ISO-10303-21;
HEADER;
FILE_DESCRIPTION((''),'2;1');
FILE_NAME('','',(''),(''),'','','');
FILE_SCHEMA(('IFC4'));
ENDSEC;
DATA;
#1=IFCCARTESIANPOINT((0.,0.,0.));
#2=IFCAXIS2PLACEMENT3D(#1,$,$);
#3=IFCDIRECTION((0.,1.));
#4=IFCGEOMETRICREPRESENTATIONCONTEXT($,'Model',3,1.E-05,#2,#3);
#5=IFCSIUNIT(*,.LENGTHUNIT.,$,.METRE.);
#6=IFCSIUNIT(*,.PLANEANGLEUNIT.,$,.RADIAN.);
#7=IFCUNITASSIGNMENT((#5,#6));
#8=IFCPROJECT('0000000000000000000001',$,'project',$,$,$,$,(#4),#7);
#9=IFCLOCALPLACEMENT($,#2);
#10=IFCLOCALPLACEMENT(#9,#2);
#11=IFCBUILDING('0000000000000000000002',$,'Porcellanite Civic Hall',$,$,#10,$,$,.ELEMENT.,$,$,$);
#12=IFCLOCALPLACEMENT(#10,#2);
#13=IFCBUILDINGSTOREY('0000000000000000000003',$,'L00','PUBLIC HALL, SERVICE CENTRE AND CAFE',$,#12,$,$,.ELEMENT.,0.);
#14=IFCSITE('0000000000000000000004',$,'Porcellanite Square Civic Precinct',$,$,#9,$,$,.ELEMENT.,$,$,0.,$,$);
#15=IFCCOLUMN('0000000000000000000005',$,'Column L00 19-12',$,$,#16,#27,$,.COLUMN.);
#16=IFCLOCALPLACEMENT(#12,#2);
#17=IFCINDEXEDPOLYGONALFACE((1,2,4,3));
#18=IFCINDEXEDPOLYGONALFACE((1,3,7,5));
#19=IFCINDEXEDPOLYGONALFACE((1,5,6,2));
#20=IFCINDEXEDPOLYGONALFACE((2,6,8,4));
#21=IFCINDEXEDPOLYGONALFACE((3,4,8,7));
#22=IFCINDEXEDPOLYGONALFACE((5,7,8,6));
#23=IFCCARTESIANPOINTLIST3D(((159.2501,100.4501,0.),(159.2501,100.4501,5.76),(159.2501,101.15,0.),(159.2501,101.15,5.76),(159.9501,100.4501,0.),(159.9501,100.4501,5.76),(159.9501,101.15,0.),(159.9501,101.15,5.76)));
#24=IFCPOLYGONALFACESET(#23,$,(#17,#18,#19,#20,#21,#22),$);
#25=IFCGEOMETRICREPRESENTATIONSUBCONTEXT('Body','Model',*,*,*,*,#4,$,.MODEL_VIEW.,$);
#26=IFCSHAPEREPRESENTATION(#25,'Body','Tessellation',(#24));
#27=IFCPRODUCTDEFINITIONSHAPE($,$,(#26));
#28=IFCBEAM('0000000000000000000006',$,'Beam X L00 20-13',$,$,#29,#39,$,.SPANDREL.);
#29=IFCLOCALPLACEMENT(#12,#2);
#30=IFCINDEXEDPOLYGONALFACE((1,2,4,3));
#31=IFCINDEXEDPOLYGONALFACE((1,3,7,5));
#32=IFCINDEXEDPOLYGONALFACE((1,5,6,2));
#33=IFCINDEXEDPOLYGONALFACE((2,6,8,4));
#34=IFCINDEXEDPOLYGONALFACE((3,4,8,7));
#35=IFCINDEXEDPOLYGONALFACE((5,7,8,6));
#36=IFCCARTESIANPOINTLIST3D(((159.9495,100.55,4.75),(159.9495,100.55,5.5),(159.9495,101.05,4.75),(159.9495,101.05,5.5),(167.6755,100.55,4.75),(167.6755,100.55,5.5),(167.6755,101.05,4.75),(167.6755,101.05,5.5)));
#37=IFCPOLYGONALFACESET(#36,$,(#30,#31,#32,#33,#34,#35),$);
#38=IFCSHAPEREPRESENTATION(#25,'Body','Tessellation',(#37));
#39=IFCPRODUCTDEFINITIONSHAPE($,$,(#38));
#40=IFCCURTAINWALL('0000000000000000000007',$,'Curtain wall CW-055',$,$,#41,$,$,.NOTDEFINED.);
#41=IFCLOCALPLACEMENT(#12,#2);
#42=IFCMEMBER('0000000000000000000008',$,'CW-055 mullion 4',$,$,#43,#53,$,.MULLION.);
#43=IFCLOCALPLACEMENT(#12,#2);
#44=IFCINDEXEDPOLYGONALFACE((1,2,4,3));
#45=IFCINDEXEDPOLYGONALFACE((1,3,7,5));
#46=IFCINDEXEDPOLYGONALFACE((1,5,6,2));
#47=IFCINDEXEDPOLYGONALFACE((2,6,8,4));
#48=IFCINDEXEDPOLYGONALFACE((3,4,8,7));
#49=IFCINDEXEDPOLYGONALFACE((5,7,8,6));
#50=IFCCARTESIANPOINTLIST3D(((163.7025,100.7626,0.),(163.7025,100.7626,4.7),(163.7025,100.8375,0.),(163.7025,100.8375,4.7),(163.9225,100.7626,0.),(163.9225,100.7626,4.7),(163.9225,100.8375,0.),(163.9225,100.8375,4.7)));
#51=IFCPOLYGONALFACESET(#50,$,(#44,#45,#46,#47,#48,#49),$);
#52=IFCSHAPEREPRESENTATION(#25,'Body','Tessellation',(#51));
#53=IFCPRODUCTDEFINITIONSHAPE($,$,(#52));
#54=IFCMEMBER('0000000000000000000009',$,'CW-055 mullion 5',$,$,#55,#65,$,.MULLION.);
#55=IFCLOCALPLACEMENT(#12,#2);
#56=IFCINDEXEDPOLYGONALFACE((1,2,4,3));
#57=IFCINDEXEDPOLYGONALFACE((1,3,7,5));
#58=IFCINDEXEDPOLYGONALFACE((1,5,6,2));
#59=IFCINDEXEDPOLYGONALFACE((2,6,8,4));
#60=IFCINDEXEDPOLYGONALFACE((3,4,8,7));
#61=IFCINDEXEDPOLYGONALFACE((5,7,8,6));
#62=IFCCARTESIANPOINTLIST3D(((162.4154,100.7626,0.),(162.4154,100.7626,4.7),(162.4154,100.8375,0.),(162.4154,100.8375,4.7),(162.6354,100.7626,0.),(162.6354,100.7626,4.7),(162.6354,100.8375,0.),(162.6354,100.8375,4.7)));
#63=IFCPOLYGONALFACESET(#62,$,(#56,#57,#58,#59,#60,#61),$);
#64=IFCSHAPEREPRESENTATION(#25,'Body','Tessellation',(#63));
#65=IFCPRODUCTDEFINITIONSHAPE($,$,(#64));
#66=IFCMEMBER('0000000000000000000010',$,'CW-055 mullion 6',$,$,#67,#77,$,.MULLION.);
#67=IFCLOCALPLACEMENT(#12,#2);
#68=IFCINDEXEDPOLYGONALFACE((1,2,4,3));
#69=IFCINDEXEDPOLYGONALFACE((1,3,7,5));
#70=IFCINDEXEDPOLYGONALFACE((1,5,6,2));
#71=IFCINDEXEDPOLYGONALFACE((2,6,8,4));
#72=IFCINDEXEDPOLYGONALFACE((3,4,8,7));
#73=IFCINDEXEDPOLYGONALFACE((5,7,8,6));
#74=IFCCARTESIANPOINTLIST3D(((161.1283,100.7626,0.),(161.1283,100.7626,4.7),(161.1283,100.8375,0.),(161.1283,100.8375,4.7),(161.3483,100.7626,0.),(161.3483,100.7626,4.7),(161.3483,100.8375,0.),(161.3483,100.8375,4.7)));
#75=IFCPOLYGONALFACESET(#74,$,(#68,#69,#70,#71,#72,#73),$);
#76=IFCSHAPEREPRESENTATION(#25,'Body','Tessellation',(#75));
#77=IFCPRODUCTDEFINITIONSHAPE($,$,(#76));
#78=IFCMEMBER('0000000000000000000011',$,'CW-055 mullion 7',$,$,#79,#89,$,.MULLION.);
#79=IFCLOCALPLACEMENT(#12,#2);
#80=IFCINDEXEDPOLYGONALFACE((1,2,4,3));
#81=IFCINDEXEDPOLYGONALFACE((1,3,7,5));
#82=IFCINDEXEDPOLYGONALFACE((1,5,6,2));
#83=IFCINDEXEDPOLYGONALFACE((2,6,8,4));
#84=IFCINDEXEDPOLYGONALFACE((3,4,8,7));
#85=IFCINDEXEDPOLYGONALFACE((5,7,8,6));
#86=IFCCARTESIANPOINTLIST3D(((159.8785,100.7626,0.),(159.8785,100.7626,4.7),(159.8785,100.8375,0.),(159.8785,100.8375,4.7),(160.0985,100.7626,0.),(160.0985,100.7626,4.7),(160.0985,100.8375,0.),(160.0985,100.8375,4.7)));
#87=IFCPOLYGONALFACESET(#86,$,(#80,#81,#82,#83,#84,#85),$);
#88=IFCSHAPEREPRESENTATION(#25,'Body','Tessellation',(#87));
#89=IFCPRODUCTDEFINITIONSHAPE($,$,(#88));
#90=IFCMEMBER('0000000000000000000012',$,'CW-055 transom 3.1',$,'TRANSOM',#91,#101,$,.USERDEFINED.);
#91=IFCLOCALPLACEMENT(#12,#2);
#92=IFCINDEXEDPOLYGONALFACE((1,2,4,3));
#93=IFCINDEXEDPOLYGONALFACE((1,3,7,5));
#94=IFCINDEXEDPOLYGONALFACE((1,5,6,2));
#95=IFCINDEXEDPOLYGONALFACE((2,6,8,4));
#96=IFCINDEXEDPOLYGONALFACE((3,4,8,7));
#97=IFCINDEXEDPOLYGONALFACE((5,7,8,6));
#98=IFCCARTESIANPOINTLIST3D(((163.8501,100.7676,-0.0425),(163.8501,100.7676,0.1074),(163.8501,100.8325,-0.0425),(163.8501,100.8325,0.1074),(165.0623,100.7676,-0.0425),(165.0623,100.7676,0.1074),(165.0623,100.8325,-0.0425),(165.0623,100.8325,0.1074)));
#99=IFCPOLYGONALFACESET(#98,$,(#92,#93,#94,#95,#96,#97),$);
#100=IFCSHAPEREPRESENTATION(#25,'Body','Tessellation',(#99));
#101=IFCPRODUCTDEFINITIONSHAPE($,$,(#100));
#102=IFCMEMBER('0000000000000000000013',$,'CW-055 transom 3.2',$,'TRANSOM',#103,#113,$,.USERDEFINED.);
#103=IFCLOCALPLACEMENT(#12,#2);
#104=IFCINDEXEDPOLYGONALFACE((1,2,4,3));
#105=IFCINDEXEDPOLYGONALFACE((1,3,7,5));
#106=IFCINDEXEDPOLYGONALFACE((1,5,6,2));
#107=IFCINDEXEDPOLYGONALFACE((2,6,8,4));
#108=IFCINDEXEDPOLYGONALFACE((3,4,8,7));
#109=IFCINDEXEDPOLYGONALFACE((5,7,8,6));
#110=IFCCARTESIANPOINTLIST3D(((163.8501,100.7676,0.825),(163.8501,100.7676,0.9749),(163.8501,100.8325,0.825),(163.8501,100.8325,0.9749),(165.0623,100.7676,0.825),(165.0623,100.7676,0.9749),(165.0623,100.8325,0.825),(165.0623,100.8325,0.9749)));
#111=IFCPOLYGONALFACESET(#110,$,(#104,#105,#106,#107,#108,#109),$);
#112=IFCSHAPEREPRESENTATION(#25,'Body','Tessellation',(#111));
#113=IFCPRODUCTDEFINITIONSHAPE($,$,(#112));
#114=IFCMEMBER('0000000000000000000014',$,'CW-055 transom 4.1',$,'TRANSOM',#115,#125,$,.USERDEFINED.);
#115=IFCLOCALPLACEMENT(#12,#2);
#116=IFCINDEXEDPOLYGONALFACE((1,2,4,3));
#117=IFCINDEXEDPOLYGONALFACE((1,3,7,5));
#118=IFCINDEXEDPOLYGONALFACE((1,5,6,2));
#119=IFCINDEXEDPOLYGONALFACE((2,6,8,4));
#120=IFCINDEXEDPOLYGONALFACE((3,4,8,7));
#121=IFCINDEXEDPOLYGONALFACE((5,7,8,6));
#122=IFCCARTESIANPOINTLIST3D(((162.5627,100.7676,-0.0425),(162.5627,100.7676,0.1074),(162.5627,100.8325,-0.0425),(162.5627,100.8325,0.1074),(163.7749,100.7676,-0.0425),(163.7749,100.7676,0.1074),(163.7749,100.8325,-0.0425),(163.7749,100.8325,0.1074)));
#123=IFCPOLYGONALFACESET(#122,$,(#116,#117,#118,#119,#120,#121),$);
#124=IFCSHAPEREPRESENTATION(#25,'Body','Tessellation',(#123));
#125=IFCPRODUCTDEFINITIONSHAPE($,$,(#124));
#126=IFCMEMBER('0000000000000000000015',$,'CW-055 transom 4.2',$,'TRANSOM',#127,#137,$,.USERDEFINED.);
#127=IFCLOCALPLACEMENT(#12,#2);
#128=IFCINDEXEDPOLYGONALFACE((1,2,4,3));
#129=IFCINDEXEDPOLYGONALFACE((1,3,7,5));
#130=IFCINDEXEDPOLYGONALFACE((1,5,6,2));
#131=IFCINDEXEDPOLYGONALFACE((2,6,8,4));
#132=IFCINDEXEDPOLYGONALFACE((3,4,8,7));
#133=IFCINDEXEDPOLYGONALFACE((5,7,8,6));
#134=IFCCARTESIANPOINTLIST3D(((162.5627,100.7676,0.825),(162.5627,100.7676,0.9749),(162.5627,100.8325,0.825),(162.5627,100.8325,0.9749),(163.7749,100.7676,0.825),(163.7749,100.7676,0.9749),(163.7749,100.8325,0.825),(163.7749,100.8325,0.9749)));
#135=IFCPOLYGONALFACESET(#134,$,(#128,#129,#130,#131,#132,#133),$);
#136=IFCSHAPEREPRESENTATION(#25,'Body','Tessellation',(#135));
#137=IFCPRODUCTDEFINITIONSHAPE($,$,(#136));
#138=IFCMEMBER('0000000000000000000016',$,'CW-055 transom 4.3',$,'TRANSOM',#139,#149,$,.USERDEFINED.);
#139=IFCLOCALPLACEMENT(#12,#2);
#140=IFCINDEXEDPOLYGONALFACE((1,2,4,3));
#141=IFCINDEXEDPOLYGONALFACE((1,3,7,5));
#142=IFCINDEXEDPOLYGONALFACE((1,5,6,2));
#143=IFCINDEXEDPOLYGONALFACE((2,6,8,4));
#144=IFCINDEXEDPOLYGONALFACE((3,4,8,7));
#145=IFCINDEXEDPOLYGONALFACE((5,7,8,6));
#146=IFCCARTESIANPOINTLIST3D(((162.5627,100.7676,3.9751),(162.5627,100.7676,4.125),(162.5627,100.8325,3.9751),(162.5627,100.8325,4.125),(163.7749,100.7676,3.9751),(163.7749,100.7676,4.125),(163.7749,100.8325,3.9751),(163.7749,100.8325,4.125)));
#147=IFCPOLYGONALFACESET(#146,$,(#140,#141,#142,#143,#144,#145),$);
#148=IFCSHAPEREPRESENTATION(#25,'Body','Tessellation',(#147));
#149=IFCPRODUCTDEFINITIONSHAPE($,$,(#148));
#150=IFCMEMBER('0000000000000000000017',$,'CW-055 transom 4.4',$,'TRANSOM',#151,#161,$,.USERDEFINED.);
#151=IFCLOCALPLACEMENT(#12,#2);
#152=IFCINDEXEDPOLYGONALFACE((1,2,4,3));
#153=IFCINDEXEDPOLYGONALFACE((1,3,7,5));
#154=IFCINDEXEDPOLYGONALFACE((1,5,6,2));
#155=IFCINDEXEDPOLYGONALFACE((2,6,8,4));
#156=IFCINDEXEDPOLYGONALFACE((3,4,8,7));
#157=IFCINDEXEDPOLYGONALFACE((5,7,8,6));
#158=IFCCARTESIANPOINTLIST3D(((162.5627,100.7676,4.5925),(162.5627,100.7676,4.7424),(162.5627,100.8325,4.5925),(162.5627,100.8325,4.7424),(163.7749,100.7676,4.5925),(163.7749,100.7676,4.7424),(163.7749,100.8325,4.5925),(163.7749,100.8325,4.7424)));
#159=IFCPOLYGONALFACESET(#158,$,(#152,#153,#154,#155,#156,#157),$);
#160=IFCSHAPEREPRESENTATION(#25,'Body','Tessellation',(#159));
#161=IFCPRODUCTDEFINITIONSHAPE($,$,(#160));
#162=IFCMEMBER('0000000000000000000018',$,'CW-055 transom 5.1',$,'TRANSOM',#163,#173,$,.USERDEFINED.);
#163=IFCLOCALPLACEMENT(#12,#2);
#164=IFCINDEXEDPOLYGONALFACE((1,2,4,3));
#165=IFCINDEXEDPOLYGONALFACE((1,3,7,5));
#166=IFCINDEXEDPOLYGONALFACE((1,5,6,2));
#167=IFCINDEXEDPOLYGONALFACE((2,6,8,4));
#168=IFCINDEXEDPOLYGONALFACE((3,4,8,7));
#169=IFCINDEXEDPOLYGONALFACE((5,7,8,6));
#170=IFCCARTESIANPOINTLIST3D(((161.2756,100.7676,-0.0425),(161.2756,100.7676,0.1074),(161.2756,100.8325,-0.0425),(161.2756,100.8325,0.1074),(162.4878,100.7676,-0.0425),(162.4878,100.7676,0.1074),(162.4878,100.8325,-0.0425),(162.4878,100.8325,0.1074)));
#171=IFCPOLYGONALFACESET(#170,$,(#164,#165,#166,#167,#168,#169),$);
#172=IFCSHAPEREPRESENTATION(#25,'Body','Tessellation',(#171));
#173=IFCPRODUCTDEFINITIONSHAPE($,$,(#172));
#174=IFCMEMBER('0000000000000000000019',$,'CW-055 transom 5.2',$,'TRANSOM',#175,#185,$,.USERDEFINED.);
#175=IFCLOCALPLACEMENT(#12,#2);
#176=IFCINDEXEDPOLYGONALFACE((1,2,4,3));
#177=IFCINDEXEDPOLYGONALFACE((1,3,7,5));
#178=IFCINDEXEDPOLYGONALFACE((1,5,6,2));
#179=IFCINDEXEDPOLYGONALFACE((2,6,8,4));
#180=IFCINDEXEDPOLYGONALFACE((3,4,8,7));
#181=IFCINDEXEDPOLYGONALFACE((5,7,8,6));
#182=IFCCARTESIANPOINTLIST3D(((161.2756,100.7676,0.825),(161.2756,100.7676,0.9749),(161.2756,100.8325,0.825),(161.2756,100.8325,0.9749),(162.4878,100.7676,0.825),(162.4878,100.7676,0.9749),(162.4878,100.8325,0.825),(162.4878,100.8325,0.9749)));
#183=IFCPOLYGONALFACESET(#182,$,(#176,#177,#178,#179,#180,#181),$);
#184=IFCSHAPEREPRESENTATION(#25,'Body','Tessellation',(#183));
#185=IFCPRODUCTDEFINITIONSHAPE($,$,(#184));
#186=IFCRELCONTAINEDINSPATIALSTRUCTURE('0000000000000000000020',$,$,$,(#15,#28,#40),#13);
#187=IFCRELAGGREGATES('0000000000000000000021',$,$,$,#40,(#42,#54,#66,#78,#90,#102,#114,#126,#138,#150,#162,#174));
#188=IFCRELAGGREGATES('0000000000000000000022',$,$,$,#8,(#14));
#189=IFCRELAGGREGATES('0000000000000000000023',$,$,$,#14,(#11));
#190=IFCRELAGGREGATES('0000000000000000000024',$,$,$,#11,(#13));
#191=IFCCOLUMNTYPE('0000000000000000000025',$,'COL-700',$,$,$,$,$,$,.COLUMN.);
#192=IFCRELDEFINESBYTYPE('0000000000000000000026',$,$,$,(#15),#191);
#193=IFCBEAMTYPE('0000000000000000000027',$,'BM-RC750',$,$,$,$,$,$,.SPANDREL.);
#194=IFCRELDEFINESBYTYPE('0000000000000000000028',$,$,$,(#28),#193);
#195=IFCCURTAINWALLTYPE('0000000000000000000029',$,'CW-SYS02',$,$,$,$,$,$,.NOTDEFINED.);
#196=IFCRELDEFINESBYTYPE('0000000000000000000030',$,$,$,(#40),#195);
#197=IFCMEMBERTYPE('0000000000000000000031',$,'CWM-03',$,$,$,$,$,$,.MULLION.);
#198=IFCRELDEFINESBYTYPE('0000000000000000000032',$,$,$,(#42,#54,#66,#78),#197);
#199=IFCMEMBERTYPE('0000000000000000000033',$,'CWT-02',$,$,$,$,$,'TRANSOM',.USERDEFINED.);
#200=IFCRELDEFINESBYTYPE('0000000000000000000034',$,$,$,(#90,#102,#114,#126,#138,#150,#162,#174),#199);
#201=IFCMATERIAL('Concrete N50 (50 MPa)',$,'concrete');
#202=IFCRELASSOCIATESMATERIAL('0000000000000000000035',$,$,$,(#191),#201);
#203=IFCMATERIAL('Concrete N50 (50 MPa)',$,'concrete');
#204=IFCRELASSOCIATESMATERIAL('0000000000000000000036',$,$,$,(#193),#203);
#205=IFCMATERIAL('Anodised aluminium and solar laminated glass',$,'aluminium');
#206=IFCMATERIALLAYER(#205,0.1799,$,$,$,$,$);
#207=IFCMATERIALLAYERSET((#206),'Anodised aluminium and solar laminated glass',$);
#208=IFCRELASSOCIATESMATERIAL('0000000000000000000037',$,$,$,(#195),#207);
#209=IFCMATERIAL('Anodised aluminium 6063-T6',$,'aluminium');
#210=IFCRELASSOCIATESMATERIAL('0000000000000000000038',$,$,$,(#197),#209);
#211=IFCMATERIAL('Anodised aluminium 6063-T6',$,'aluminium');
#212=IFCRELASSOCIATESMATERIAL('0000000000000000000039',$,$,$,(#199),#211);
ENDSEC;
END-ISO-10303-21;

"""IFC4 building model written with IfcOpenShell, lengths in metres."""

from ifc_helpers import new_model, si_unit, direction, frame, origin, origin_2d, place, context, subcontext, project, spatial, rectangle, extrude, material, layer, layer_set, material_profile, profile_set, type_object, element, aggregate, save


model = new_model("IFC4")

# Units and contexts
model_context = context("Model", 3, precision=1e-05, world=origin(), true_north=direction((0.0, 1.0)))
body_context = subcontext(model_context, "Body", "Model", "MODEL_VIEW")
ifc_project = project(units=[si_unit("LENGTHUNIT", "METRE"), si_unit("PLANEANGLEUNIT", "RADIAN")], contexts=[model_context])

# Site, building, storey
site_placement = place(None, origin())
site = spatial("IfcSite", under=ifc_project, at=site_placement, Name="Porcellanite Square Civic Precinct", CompositionType="ELEMENT", RefElevation=0.0)
building_placement = place(site_placement, origin())
building = spatial("IfcBuilding", under=site, at=building_placement, Name="Porcellanite Civic Hall", CompositionType="ELEMENT")
storey_placement = place(building_placement, origin())
storey = spatial("IfcBuildingStorey", under=building, at=storey_placement, Name="L00", Description="PUBLIC HALL, SERVICE CENTRE AND CAFE", CompositionType="ELEMENT", Elevation=0.0)

# Column
ifc_material_1 = material(Name="Concrete N50 (50 MPa)", Category="concrete")
ifc_material_profile_1 = material_profile(ifc_material_1, rectangle(XDim=0.7, YDim=0.7, at=origin_2d()), Name="RC-700x700")
ifc_profile_set_1 = profile_set([ifc_material_profile_1], Name="Concrete N50 (50 MPa)")
column_type = type_object("IfcColumnType", Name="COL-700", PredefinedType="COLUMN", material=ifc_profile_set_1)
column_placement = place(storey_placement, frame((159.6001, 100.8, 0.0), z_axis=(0.0, 0.0, 1.0), x_axis=(1.0, 0.0, 0.0)))
element("IfcColumn", 1, at=column_placement, inside=storey, type_object=column_type, Name="Column L00 19-12", PredefinedType="COLUMN", context=body_context, shape_type="SweptSolid", body=[
    extrude(rectangle(XDim=0.7, YDim=0.7, at=origin_2d()), origin(), (0.0, 0.0, 1.0), 5.76),
])

# Beam
ifc_material_2 = material(Name="Concrete N50 (50 MPa)", Category="concrete")
ifc_material_profile_2 = material_profile(ifc_material_2, rectangle(XDim=0.5, YDim=0.75, at=origin_2d()), Name="RC-500x750")
ifc_profile_set_2 = profile_set([ifc_material_profile_2], Name="Concrete N50 (50 MPa)")
beam_type = type_object("IfcBeamType", Name="BM-RC750", PredefinedType="SPANDREL", material=ifc_profile_set_2)
beam_placement = place(storey_placement, frame((159.9495, 100.8, 5.125), z_axis=(1.0, 0.0, 0.0), x_axis=(0.0, 1.0, 0.0)))
element("IfcBeam", 2, at=beam_placement, inside=storey, type_object=beam_type, Name="Beam X L00 20-13", PredefinedType="SPANDREL", context=body_context, shape_type="SweptSolid", body=[
    extrude(rectangle(XDim=0.5, YDim=0.75, at=origin_2d()), origin(), (0.0, 0.0, 1.0), 7.7261),
])

# Curtain wall, members
ifc_material_3 = material(Name="Anodised aluminium and solar laminated glass", Category="aluminium")
ifc_layer_1 = layer(ifc_material_3, 0.1799)
ifc_layer_set_1 = layer_set([ifc_layer_1], Name="Anodised aluminium and solar laminated glass")
curtain_wall_type = type_object("IfcCurtainWallType", Name="CW-SYS02", PredefinedType="NOTDEFINED", material=ifc_layer_set_1)
curtain_wall_placement = place(storey_placement, origin())
curtain_wall = element("IfcCurtainWall", 3, at=curtain_wall_placement, inside=storey, type_object=curtain_wall_type, Name="Curtain wall CW-055", PredefinedType="NOTDEFINED")
ifc_material_4 = material(Name="Anodised aluminium 6063-T6", Category="aluminium")
ifc_material_profile_3 = material_profile(ifc_material_4, rectangle(XDim=0.075, YDim=0.22, at=origin_2d()), Name="AL-75x220")
ifc_profile_set_3 = profile_set([ifc_material_profile_3], Name="Anodised aluminium 6063-T6")
member_type_1 = type_object("IfcMemberType", Name="CWM-03", PredefinedType="MULLION", material=ifc_profile_set_3)
member_1_placement = place(storey_placement, frame((163.8125, 100.8, 0.0), z_axis=(0.0, 0.0, 1.0), x_axis=(0.0, -1.0, 0.0)))
member_1 = element("IfcMember", 4, at=member_1_placement, type_object=member_type_1, Name="CW-055 mullion 4", PredefinedType="MULLION", context=body_context, shape_type="SweptSolid", body=[
    extrude(rectangle(XDim=0.075, YDim=0.22, at=origin_2d()), origin(), (0.0, 0.0, 1.0), 4.7),
])
member_2_placement = place(storey_placement, frame((162.5254, 100.8, 0.0), z_axis=(0.0, 0.0, 1.0), x_axis=(0.0, -1.0, 0.0)))
member_2 = element("IfcMember", 5, at=member_2_placement, type_object=member_type_1, Name="CW-055 mullion 5", PredefinedType="MULLION", context=body_context, shape_type="SweptSolid", body=[
    extrude(rectangle(XDim=0.075, YDim=0.22, at=origin_2d()), origin(), (0.0, 0.0, 1.0), 4.7),
])
member_3_placement = place(storey_placement, frame((161.2383, 100.8, 0.0), z_axis=(0.0, 0.0, 1.0), x_axis=(0.0, -1.0, 0.0)))
member_3 = element("IfcMember", 6, at=member_3_placement, type_object=member_type_1, Name="CW-055 mullion 6", PredefinedType="MULLION", context=body_context, shape_type="SweptSolid", body=[
    extrude(rectangle(XDim=0.075, YDim=0.22, at=origin_2d()), origin(), (0.0, 0.0, 1.0), 4.7),
])
member_4_placement = place(storey_placement, frame((159.9885, 100.8, 0.0), z_axis=(0.0, 0.0, 1.0), x_axis=(0.0, -1.0, 0.0)))
member_4 = element("IfcMember", 7, at=member_4_placement, type_object=member_type_1, Name="CW-055 mullion 7", PredefinedType="MULLION", context=body_context, shape_type="SweptSolid", body=[
    extrude(rectangle(XDim=0.075, YDim=0.22, at=origin_2d()), origin(), (0.0, 0.0, 1.0), 4.7),
])
ifc_material_5 = material(Name="Anodised aluminium 6063-T6", Category="aluminium")
ifc_material_profile_4 = material_profile(ifc_material_5, rectangle(XDim=0.0649, YDim=0.1499, at=origin_2d()), Name="AL-65x150")
ifc_profile_set_4 = profile_set([ifc_material_profile_4], Name="Anodised aluminium 6063-T6")
member_type_2 = type_object("IfcMemberType", Name="CWT-02", ElementType="TRANSOM", PredefinedType="USERDEFINED", material=ifc_profile_set_4)
member_5_placement = place(storey_placement, frame((165.0623, 100.8, 0.0325), z_axis=(-1.0, 0.0, 0.0), x_axis=(0.0, -1.0, 0.0)))
member_5 = element("IfcMember", 8, at=member_5_placement, type_object=member_type_2, Name="CW-055 transom 3.1", ObjectType="TRANSOM", PredefinedType="USERDEFINED", context=body_context, shape_type="SweptSolid", body=[
    extrude(rectangle(XDim=0.0649, YDim=0.1499, at=origin_2d()), origin(), (0.0, 0.0, 1.0), 1.2122),
])
member_6_placement = place(storey_placement, frame((165.0623, 100.8, 0.8999), z_axis=(-1.0, 0.0, 0.0), x_axis=(0.0, -1.0, 0.0)))
member_6 = element("IfcMember", 9, at=member_6_placement, type_object=member_type_2, Name="CW-055 transom 3.2", ObjectType="TRANSOM", PredefinedType="USERDEFINED", context=body_context, shape_type="SweptSolid", body=[
    extrude(rectangle(XDim=0.0649, YDim=0.1499, at=origin_2d()), origin(), (0.0, 0.0, 1.0), 1.2122),
])
member_7_placement = place(storey_placement, frame((163.7749, 100.8, 0.0325), z_axis=(-1.0, 0.0, 0.0), x_axis=(0.0, -1.0, 0.0)))
member_7 = element("IfcMember", 10, at=member_7_placement, type_object=member_type_2, Name="CW-055 transom 4.1", ObjectType="TRANSOM", PredefinedType="USERDEFINED", context=body_context, shape_type="SweptSolid", body=[
    extrude(rectangle(XDim=0.0649, YDim=0.1499, at=origin_2d()), origin(), (0.0, 0.0, 1.0), 1.2122),
])
member_8_placement = place(storey_placement, frame((163.7749, 100.8, 0.8999), z_axis=(-1.0, 0.0, 0.0), x_axis=(0.0, -1.0, 0.0)))
member_8 = element("IfcMember", 11, at=member_8_placement, type_object=member_type_2, Name="CW-055 transom 4.2", ObjectType="TRANSOM", PredefinedType="USERDEFINED", context=body_context, shape_type="SweptSolid", body=[
    extrude(rectangle(XDim=0.0649, YDim=0.1499, at=origin_2d()), origin(), (0.0, 0.0, 1.0), 1.2122),
])
member_9_placement = place(storey_placement, frame((163.7749, 100.8, 4.05), z_axis=(-1.0, 0.0, 0.0), x_axis=(0.0, -1.0, 0.0)))
member_9 = element("IfcMember", 12, at=member_9_placement, type_object=member_type_2, Name="CW-055 transom 4.3", ObjectType="TRANSOM", PredefinedType="USERDEFINED", context=body_context, shape_type="SweptSolid", body=[
    extrude(rectangle(XDim=0.0649, YDim=0.1499, at=origin_2d()), origin(), (0.0, 0.0, 1.0), 1.2122),
])
member_10_placement = place(storey_placement, frame((163.7749, 100.8, 4.6675), z_axis=(-1.0, 0.0, 0.0), x_axis=(0.0, -1.0, 0.0)))
member_10 = element("IfcMember", 13, at=member_10_placement, type_object=member_type_2, Name="CW-055 transom 4.4", ObjectType="TRANSOM", PredefinedType="USERDEFINED", context=body_context, shape_type="SweptSolid", body=[
    extrude(rectangle(XDim=0.0649, YDim=0.1499, at=origin_2d()), origin(), (0.0, 0.0, 1.0), 1.2122),
])
member_11_placement = place(storey_placement, frame((162.4878, 100.8, 0.0325), z_axis=(-1.0, 0.0, 0.0), x_axis=(0.0, -1.0, 0.0)))
member_11 = element("IfcMember", 14, at=member_11_placement, type_object=member_type_2, Name="CW-055 transom 5.1", ObjectType="TRANSOM", PredefinedType="USERDEFINED", context=body_context, shape_type="SweptSolid", body=[
    extrude(rectangle(XDim=0.0649, YDim=0.1499, at=origin_2d()), origin(), (0.0, 0.0, 1.0), 1.2122),
])
member_12_placement = place(storey_placement, frame((162.4878, 100.8, 0.8999), z_axis=(-1.0, 0.0, 0.0), x_axis=(0.0, -1.0, 0.0)))
member_12 = element("IfcMember", 15, at=member_12_placement, type_object=member_type_2, Name="CW-055 transom 5.2", ObjectType="TRANSOM", PredefinedType="USERDEFINED", context=body_context, shape_type="SweptSolid", body=[
    extrude(rectangle(XDim=0.0649, YDim=0.1499, at=origin_2d()), origin(), (0.0, 0.0, 1.0), 1.2122),
])
aggregate(curtain_wall, [member_1, member_2, member_3, member_4, member_5, member_6, member_7, member_8, member_9, member_10, member_11, member_12])

save(model, "model.ifc")
